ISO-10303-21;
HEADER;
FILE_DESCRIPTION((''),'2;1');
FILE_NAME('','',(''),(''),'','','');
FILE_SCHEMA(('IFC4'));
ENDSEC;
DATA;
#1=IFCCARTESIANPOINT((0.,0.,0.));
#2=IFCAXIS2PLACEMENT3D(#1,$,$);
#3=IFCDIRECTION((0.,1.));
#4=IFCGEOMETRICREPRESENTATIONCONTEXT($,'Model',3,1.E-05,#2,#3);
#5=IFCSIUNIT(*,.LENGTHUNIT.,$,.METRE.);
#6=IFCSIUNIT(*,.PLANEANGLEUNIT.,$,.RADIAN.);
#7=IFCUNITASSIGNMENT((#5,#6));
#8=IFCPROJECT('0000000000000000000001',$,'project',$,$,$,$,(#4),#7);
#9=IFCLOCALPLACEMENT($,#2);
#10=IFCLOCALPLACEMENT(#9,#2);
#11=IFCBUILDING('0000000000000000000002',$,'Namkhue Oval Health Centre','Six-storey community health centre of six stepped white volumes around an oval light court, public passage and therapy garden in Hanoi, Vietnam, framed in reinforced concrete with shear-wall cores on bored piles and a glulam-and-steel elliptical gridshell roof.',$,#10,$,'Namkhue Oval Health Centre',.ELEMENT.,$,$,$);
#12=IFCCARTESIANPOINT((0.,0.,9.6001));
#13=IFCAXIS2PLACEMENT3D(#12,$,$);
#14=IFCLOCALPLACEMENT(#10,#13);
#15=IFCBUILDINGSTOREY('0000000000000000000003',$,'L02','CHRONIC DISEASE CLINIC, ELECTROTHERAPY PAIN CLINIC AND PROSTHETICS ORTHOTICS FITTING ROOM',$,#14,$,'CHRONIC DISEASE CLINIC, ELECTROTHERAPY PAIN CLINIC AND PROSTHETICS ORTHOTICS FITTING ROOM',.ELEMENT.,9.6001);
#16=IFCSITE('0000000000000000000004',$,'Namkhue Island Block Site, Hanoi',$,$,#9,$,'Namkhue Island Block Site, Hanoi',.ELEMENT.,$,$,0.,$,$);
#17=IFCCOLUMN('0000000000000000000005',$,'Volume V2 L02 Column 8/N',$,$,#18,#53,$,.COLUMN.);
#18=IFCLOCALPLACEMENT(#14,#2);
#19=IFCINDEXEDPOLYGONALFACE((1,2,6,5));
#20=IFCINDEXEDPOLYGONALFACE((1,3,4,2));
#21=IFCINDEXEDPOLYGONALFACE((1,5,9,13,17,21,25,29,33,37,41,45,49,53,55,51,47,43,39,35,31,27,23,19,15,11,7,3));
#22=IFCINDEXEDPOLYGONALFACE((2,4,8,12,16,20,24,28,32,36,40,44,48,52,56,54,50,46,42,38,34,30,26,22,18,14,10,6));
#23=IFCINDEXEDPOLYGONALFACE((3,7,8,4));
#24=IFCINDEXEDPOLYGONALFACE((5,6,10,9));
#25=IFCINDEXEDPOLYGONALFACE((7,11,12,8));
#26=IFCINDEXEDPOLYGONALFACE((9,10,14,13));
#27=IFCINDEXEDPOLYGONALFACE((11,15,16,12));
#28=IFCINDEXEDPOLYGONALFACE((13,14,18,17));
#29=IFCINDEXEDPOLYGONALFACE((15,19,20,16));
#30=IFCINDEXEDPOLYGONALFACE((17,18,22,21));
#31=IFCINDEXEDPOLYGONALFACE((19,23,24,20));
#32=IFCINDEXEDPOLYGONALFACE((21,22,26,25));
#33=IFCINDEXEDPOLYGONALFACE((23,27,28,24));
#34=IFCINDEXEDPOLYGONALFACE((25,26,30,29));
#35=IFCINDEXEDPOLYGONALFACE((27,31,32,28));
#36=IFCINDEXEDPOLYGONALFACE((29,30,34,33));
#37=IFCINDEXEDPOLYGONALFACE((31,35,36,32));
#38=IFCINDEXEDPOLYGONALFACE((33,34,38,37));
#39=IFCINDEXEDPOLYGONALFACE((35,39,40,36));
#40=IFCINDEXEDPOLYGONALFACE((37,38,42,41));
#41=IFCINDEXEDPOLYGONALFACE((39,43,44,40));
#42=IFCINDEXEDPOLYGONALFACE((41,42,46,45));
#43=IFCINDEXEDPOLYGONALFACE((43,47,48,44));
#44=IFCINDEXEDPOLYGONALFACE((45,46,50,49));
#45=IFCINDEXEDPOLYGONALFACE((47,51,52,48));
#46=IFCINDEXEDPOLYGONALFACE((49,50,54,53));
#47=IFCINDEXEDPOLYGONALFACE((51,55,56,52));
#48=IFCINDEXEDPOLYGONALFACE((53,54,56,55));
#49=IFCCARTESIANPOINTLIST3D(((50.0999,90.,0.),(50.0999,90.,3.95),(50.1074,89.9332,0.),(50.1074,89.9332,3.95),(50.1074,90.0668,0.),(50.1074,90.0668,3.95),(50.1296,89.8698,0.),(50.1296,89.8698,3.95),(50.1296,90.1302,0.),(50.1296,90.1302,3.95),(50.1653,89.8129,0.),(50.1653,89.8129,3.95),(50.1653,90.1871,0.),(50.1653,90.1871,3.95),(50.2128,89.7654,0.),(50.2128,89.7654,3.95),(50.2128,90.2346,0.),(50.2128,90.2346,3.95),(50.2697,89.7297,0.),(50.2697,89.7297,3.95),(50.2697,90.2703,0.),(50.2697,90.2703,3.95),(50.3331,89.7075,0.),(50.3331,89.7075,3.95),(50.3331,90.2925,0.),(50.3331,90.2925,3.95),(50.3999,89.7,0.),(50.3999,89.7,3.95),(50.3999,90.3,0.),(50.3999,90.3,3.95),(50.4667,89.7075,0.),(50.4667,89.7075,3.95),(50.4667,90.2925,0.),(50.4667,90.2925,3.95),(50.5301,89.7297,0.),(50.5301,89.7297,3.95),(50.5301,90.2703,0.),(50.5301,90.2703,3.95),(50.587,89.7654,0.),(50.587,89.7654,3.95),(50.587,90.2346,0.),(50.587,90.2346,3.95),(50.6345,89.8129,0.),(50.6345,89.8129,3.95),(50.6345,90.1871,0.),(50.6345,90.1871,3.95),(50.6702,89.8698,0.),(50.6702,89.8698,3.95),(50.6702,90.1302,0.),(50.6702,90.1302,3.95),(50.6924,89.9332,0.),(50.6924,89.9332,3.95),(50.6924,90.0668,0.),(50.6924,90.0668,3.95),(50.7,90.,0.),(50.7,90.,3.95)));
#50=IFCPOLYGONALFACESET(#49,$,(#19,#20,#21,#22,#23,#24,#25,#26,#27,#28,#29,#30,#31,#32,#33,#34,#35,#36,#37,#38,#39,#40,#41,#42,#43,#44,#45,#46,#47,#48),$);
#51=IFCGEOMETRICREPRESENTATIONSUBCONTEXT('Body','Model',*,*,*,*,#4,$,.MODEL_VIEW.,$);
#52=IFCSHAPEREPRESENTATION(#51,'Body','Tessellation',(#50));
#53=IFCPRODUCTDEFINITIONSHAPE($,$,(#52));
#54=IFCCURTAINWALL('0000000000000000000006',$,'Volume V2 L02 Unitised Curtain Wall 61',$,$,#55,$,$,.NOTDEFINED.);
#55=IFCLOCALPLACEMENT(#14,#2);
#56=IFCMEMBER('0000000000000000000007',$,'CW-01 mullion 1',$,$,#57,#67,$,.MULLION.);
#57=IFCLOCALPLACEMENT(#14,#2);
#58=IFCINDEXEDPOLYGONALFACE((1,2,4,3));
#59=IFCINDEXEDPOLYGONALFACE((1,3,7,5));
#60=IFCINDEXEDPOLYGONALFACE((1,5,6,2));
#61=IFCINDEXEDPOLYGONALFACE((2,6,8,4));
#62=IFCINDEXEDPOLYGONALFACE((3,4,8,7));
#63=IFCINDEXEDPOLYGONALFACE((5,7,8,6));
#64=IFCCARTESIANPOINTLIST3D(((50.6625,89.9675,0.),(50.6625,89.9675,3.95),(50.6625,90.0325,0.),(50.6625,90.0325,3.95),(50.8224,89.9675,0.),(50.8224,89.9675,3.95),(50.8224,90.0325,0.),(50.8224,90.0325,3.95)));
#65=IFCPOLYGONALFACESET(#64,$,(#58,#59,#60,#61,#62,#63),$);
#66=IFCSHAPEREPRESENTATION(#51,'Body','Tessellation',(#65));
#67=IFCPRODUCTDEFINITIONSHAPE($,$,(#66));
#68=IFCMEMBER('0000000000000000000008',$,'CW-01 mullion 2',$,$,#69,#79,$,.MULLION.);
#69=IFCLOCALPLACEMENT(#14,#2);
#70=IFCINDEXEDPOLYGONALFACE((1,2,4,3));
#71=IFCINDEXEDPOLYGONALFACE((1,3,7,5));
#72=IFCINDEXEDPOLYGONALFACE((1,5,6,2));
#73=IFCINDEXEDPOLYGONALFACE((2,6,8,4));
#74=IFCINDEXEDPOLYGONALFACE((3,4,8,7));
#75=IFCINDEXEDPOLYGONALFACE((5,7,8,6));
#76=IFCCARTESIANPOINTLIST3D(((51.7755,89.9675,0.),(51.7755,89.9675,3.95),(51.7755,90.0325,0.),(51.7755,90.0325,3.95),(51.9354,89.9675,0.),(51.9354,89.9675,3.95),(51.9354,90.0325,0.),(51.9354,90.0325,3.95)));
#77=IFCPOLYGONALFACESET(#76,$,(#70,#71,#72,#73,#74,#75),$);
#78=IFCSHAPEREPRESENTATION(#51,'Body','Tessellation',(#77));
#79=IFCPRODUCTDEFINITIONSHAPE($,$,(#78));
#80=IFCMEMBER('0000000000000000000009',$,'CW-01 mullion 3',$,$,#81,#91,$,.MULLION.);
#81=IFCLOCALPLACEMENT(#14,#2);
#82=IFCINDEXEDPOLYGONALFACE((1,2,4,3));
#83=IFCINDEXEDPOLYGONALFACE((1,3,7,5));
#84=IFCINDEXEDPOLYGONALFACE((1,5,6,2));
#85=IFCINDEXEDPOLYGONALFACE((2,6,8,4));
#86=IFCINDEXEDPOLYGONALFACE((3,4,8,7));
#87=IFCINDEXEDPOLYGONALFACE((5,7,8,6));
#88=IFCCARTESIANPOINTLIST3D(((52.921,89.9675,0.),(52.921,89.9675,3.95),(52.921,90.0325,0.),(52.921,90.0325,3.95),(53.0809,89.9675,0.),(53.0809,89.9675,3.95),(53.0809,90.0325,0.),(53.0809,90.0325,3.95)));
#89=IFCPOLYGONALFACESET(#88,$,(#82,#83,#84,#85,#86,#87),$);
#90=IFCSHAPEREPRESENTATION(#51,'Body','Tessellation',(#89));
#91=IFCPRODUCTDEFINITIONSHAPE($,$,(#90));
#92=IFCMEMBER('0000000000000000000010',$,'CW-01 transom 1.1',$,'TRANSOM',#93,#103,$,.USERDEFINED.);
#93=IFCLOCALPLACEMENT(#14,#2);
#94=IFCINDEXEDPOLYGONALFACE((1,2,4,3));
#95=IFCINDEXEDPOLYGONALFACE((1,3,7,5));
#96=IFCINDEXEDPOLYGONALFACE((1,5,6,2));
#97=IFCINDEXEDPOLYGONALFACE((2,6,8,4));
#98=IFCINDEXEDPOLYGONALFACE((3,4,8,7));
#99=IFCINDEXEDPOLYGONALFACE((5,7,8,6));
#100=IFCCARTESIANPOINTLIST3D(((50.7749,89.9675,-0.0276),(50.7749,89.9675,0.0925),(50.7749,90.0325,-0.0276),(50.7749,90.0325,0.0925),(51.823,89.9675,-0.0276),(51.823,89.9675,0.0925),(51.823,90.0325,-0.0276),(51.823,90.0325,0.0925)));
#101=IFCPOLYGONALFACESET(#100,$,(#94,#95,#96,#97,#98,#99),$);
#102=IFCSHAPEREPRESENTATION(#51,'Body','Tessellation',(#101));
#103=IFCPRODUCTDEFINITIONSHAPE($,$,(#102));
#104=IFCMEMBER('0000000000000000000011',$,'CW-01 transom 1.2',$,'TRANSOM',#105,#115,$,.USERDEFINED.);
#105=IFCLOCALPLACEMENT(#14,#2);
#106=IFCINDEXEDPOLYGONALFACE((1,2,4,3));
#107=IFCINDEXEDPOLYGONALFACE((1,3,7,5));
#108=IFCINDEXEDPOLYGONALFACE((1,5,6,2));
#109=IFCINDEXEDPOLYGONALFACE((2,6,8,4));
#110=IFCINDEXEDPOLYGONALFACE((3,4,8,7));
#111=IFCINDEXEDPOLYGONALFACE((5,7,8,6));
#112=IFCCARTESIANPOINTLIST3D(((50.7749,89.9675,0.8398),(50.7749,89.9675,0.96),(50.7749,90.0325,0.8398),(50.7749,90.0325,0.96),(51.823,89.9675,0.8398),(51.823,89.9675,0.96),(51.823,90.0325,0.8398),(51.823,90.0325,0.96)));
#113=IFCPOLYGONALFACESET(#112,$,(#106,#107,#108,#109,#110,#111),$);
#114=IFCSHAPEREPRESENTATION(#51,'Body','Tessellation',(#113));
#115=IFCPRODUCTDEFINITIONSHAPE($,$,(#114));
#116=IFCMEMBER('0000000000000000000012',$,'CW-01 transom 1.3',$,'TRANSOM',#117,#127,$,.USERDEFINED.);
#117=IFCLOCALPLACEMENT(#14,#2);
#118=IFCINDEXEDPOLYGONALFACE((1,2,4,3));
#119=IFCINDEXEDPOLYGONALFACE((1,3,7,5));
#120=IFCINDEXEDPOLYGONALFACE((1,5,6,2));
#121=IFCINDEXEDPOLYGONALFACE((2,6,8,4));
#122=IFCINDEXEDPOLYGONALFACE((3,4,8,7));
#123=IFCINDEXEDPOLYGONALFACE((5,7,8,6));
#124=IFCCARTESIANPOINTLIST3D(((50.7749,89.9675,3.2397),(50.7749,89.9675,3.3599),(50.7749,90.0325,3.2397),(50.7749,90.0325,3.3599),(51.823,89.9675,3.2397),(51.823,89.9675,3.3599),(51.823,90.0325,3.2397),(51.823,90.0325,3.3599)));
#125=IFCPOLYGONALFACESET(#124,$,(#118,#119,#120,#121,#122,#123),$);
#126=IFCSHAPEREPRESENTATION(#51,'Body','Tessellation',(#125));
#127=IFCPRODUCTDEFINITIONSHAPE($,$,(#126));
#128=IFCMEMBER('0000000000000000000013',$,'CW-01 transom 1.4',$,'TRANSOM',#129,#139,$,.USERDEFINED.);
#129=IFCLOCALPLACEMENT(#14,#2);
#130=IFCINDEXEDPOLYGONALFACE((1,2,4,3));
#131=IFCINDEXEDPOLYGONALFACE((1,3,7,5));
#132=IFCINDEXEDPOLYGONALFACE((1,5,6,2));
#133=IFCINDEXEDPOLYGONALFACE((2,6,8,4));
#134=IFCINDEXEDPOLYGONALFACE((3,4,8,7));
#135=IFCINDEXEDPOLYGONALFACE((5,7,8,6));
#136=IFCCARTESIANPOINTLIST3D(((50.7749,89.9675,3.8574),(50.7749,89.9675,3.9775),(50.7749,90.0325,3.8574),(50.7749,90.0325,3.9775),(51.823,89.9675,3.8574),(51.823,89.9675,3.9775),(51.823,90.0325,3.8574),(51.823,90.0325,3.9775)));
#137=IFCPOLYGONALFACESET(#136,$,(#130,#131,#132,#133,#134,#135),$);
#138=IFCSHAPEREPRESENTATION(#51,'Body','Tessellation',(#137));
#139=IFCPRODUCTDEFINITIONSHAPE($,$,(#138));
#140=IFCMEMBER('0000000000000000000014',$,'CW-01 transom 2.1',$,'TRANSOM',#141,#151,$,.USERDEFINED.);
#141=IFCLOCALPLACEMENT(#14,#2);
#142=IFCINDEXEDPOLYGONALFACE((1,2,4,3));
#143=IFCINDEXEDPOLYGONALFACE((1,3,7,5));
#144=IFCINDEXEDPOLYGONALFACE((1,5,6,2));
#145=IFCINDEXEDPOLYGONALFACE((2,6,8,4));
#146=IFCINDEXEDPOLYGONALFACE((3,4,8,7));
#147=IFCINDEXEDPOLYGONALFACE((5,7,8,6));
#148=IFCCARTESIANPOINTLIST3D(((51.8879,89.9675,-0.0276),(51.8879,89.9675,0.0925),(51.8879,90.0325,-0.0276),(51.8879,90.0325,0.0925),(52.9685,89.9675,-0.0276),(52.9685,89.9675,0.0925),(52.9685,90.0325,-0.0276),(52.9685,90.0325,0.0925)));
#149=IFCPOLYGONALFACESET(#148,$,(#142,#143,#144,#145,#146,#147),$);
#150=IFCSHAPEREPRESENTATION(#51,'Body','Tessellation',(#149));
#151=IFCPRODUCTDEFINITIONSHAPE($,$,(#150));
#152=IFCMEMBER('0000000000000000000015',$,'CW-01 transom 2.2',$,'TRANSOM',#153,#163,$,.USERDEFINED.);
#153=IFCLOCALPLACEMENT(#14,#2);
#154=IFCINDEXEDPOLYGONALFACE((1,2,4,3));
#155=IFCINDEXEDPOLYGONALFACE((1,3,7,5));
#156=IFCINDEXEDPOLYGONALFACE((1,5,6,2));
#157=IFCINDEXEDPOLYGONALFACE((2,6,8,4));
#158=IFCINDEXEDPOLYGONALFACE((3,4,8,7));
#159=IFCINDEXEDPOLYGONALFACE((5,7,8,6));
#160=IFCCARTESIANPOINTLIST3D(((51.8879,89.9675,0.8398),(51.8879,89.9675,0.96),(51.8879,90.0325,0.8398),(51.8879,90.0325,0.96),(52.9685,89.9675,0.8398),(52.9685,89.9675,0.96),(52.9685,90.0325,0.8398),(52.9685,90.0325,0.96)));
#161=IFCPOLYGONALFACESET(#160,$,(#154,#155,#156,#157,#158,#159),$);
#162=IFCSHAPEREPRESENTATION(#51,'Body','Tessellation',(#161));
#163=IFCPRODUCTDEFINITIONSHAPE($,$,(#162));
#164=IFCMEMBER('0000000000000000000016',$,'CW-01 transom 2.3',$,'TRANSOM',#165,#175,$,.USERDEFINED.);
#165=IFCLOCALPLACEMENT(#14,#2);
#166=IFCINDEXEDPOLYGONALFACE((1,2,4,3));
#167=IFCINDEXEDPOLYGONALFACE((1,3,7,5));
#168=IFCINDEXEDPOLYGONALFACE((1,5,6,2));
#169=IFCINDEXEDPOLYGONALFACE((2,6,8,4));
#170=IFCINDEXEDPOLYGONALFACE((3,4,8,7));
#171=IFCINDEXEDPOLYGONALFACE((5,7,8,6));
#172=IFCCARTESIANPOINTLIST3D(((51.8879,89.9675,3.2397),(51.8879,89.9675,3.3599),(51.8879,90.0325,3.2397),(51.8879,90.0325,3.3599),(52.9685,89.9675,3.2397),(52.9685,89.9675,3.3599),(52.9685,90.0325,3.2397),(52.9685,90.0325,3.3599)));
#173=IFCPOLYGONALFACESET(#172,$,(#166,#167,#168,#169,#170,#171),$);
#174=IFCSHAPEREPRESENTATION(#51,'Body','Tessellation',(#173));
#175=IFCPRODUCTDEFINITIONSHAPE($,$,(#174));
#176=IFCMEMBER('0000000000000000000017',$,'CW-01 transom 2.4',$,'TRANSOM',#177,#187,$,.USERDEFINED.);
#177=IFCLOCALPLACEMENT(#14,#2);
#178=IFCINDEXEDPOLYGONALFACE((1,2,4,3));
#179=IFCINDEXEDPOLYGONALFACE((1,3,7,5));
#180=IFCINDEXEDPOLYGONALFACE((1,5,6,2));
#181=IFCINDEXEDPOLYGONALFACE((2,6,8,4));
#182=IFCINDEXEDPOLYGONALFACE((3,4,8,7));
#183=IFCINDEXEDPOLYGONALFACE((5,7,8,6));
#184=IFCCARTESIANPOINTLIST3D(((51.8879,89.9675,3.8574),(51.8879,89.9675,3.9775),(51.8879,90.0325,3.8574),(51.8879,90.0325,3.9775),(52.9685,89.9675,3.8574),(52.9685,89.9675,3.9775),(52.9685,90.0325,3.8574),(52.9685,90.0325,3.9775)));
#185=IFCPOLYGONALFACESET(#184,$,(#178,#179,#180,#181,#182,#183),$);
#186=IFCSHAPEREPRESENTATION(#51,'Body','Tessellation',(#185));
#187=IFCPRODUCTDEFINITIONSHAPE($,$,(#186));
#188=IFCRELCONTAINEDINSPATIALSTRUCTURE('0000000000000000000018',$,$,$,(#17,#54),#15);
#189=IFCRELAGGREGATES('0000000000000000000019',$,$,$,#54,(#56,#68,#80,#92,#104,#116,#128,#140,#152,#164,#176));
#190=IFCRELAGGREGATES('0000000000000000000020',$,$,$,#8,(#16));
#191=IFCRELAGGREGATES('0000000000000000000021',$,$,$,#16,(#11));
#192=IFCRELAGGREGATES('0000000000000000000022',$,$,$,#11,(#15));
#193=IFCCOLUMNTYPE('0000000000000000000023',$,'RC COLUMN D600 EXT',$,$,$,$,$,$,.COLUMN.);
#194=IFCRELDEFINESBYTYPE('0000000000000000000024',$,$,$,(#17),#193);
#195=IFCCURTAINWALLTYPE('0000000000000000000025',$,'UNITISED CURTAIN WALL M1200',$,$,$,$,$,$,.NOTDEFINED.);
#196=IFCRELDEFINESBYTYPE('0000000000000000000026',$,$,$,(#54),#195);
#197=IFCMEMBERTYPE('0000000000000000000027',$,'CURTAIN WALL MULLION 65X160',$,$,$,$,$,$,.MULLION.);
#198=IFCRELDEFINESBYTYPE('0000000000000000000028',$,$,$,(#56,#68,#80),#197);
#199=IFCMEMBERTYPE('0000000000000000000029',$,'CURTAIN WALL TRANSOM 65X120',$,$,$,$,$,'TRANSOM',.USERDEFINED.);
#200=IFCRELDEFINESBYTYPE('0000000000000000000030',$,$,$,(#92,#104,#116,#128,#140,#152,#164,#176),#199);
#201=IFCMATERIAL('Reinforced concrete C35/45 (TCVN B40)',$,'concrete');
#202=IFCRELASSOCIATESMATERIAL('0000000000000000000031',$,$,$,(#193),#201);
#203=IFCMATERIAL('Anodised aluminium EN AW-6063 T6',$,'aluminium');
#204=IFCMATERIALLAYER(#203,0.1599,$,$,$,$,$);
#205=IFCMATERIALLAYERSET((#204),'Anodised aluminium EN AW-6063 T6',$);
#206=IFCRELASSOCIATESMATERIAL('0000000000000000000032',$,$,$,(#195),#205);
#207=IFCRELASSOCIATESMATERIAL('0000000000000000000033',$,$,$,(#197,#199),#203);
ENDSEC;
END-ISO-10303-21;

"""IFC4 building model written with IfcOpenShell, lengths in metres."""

from ifc_helpers import new_model, si_unit, direction, frame, origin, origin_2d, place, context, subcontext, project, spatial, rectangle, circle, extrude, material, layer, layer_set, material_profile, profile_set, type_object, element, aggregate, save


model = new_model("IFC4")

# Units and contexts
model_context = context("Model", 3, precision=1e-05, world=origin(), true_north=direction((0.0, 1.0)))
body_context = subcontext(model_context, "Body", "Model", "MODEL_VIEW")
ifc_project = project(units=[si_unit("LENGTHUNIT", "METRE"), si_unit("PLANEANGLEUNIT", "RADIAN")], contexts=[model_context])

# Site, building, storey
site_placement = place(None, origin())
site = spatial("IfcSite", under=ifc_project, at=site_placement, Name="Namkhue Island Block Site, Hanoi", LongName="Namkhue Island Block Site, Hanoi", CompositionType="ELEMENT", RefElevation=0.0)
building_placement = place(site_placement, origin())
building = spatial("IfcBuilding", under=site, at=building_placement, Name="Namkhue Oval Health Centre", Description="Six-storey community health centre of six stepped white volumes around an oval light court, public passage and therapy garden in Hanoi, Vietnam, framed in reinforced concrete with shear-wall cores on bored piles and a glulam-and-steel elliptical gridshell roof.", LongName="Namkhue Oval Health Centre", CompositionType="ELEMENT")
storey_placement = place(building_placement, frame((0.0, 0.0, 9.6001)))
storey = spatial("IfcBuildingStorey", under=building, at=storey_placement, Name="L02", Description="CHRONIC DISEASE CLINIC, ELECTROTHERAPY PAIN CLINIC AND PROSTHETICS ORTHOTICS FITTING ROOM", LongName="CHRONIC DISEASE CLINIC, ELECTROTHERAPY PAIN CLINIC AND PROSTHETICS ORTHOTICS FITTING ROOM", CompositionType="ELEMENT", Elevation=9.6001)

# Column
ifc_material_1 = material(Name="Reinforced concrete C35/45 (TCVN B40)", Category="concrete")
ifc_material_profile_1 = material_profile(ifc_material_1, circle(Radius=0.3, at=origin_2d()), Name="RC D600")
ifc_profile_set_1 = profile_set([ifc_material_profile_1], Name="Reinforced concrete C35/45 (TCVN B40)")
column_type = type_object("IfcColumnType", Name="RC COLUMN D600 EXT", PredefinedType="COLUMN", material=ifc_profile_set_1)
column_placement = place(storey_placement, frame((50.3999, 90.0, 0.0), z_axis=(0.0, 0.0, 1.0), x_axis=(1.0, 0.0, 0.0)))
element("IfcColumn", 1, at=column_placement, inside=storey, type_object=column_type, Name="Volume V2 L02 Column 8/N", PredefinedType="COLUMN", context=body_context, shape_type="SweptSolid", body=[
    extrude(circle(Radius=0.3, at=origin_2d()), origin(), (0.0, 0.0, 1.0), 3.95),
])

# Curtain wall, members
ifc_material_2 = material(Name="Anodised aluminium EN AW-6063 T6", Category="aluminium")
ifc_layer_1 = layer(ifc_material_2, 0.1599)
ifc_layer_set_1 = layer_set([ifc_layer_1], Name="Anodised aluminium EN AW-6063 T6")
curtain_wall_type = type_object("IfcCurtainWallType", Name="UNITISED CURTAIN WALL M1200", PredefinedType="NOTDEFINED", material=ifc_layer_set_1)
curtain_wall_placement = place(storey_placement, origin())
curtain_wall = element("IfcCurtainWall", 2, at=curtain_wall_placement, inside=storey, type_object=curtain_wall_type, Name="Volume V2 L02 Unitised Curtain Wall 61", PredefinedType="NOTDEFINED")
ifc_material_profile_2 = material_profile(ifc_material_2, rectangle(XDim=0.0649, YDim=0.1599, at=origin_2d()), Name="ALU 65x160")
ifc_profile_set_2 = profile_set([ifc_material_profile_2], Name="Anodised aluminium EN AW-6063 T6")
member_type_1 = type_object("IfcMemberType", Name="CURTAIN WALL MULLION 65X160", PredefinedType="MULLION", material=ifc_profile_set_2)
member_1_placement = place(storey_placement, frame((50.7424, 90.0, 0.0), z_axis=(0.0, 0.0, 1.0), x_axis=(0.0, 1.0, 0.0)))
member_1 = element("IfcMember", 3, at=member_1_placement, type_object=member_type_1, Name="CW-01 mullion 1", PredefinedType="MULLION", context=body_context, shape_type="SweptSolid", body=[
    extrude(rectangle(XDim=0.0649, YDim=0.1599, at=origin_2d()), origin(), (0.0, 0.0, 1.0), 3.95),
])
member_2_placement = place(storey_placement, frame((51.8555, 90.0, 0.0), z_axis=(0.0, 0.0, 1.0), x_axis=(0.0, 1.0, 0.0)))
member_2 = element("IfcMember", 4, at=member_2_placement, type_object=member_type_1, Name="CW-01 mullion 2", PredefinedType="MULLION", context=body_context, shape_type="SweptSolid", body=[
    extrude(rectangle(XDim=0.0649, YDim=0.1599, at=origin_2d()), origin(), (0.0, 0.0, 1.0), 3.95),
])
member_3_placement = place(storey_placement, frame((53.001, 90.0, 0.0), z_axis=(0.0, 0.0, 1.0), x_axis=(0.0, 1.0, 0.0)))
member_3 = element("IfcMember", 5, at=member_3_placement, type_object=member_type_1, Name="CW-01 mullion 3", PredefinedType="MULLION", context=body_context, shape_type="SweptSolid", body=[
    extrude(rectangle(XDim=0.0649, YDim=0.1599, at=origin_2d()), origin(), (0.0, 0.0, 1.0), 3.95),
])
ifc_material_profile_3 = material_profile(ifc_material_2, rectangle(XDim=0.0649, YDim=0.1201, at=origin_2d()), Name="ALU 65x120")
ifc_profile_set_3 = profile_set([ifc_material_profile_3], Name="Anodised aluminium EN AW-6063 T6")
member_type_2 = type_object("IfcMemberType", Name="CURTAIN WALL TRANSOM 65X120", ElementType="TRANSOM", PredefinedType="USERDEFINED", material=ifc_profile_set_3)
member_4_placement = place(storey_placement, frame((50.7749, 90.0, 0.0325), z_axis=(1.0, 0.0, 0.0), x_axis=(0.0, 1.0, 0.0)))
member_4 = element("IfcMember", 6, at=member_4_placement, type_object=member_type_2, Name="CW-01 transom 1.1", ObjectType="TRANSOM", PredefinedType="USERDEFINED", context=body_context, shape_type="SweptSolid", body=[
    extrude(rectangle(XDim=0.0649, YDim=0.1201, at=origin_2d()), origin(), (0.0, 0.0, 1.0), 1.0481),
])
member_5_placement = place(storey_placement, frame((50.7749, 90.0, 0.8999), z_axis=(1.0, 0.0, 0.0), x_axis=(0.0, 1.0, 0.0)))
member_5 = element("IfcMember", 7, at=member_5_placement, type_object=member_type_2, Name="CW-01 transom 1.2", ObjectType="TRANSOM", PredefinedType="USERDEFINED", context=body_context, shape_type="SweptSolid", body=[
    extrude(rectangle(XDim=0.0649, YDim=0.1201, at=origin_2d()), origin(), (0.0, 0.0, 1.0), 1.0481),
])
member_6_placement = place(storey_placement, frame((50.7749, 90.0, 3.2998), z_axis=(1.0, 0.0, 0.0), x_axis=(0.0, 1.0, 0.0)))
member_6 = element("IfcMember", 8, at=member_6_placement, type_object=member_type_2, Name="CW-01 transom 1.3", ObjectType="TRANSOM", PredefinedType="USERDEFINED", context=body_context, shape_type="SweptSolid", body=[
    extrude(rectangle(XDim=0.0649, YDim=0.1201, at=origin_2d()), origin(), (0.0, 0.0, 1.0), 1.0481),
])
member_7_placement = place(storey_placement, frame((50.7749, 90.0, 3.9175), z_axis=(1.0, 0.0, 0.0), x_axis=(0.0, 1.0, 0.0)))
member_7 = element("IfcMember", 9, at=member_7_placement, type_object=member_type_2, Name="CW-01 transom 1.4", ObjectType="TRANSOM", PredefinedType="USERDEFINED", context=body_context, shape_type="SweptSolid", body=[
    extrude(rectangle(XDim=0.0649, YDim=0.1201, at=origin_2d()), origin(), (0.0, 0.0, 1.0), 1.0481),
])
member_8_placement = place(storey_placement, frame((51.8879, 90.0, 0.0325), z_axis=(1.0, 0.0, 0.0), x_axis=(0.0, 1.0, 0.0)))
member_8 = element("IfcMember", 10, at=member_8_placement, type_object=member_type_2, Name="CW-01 transom 2.1", ObjectType="TRANSOM", PredefinedType="USERDEFINED", context=body_context, shape_type="SweptSolid", body=[
    extrude(rectangle(XDim=0.0649, YDim=0.1201, at=origin_2d()), origin(), (0.0, 0.0, 1.0), 1.0806),
])
member_9_placement = place(storey_placement, frame((51.8879, 90.0, 0.8999), z_axis=(1.0, 0.0, 0.0), x_axis=(0.0, 1.0, 0.0)))
member_9 = element("IfcMember", 11, at=member_9_placement, type_object=member_type_2, Name="CW-01 transom 2.2", ObjectType="TRANSOM", PredefinedType="USERDEFINED", context=body_context, shape_type="SweptSolid", body=[
    extrude(rectangle(XDim=0.0649, YDim=0.1201, at=origin_2d()), origin(), (0.0, 0.0, 1.0), 1.0806),
])
member_10_placement = place(storey_placement, frame((51.8879, 90.0, 3.2998), z_axis=(1.0, 0.0, 0.0), x_axis=(0.0, 1.0, 0.0)))
member_10 = element("IfcMember", 12, at=member_10_placement, type_object=member_type_2, Name="CW-01 transom 2.3", ObjectType="TRANSOM", PredefinedType="USERDEFINED", context=body_context, shape_type="SweptSolid", body=[
    extrude(rectangle(XDim=0.0649, YDim=0.1201, at=origin_2d()), origin(), (0.0, 0.0, 1.0), 1.0806),
])
member_11_placement = place(storey_placement, frame((51.8879, 90.0, 3.9175), z_axis=(1.0, 0.0, 0.0), x_axis=(0.0, 1.0, 0.0)))
member_11 = element("IfcMember", 13, at=member_11_placement, type_object=member_type_2, Name="CW-01 transom 2.4", ObjectType="TRANSOM", PredefinedType="USERDEFINED", context=body_context, shape_type="SweptSolid", body=[
    extrude(rectangle(XDim=0.0649, YDim=0.1201, at=origin_2d()), origin(), (0.0, 0.0, 1.0), 1.0806),
])

aggregate(curtain_wall, [member_1, member_2, member_3, member_4, member_5, member_6, member_7, member_8, member_9, member_10, member_11])

save(model, "model.ifc")
